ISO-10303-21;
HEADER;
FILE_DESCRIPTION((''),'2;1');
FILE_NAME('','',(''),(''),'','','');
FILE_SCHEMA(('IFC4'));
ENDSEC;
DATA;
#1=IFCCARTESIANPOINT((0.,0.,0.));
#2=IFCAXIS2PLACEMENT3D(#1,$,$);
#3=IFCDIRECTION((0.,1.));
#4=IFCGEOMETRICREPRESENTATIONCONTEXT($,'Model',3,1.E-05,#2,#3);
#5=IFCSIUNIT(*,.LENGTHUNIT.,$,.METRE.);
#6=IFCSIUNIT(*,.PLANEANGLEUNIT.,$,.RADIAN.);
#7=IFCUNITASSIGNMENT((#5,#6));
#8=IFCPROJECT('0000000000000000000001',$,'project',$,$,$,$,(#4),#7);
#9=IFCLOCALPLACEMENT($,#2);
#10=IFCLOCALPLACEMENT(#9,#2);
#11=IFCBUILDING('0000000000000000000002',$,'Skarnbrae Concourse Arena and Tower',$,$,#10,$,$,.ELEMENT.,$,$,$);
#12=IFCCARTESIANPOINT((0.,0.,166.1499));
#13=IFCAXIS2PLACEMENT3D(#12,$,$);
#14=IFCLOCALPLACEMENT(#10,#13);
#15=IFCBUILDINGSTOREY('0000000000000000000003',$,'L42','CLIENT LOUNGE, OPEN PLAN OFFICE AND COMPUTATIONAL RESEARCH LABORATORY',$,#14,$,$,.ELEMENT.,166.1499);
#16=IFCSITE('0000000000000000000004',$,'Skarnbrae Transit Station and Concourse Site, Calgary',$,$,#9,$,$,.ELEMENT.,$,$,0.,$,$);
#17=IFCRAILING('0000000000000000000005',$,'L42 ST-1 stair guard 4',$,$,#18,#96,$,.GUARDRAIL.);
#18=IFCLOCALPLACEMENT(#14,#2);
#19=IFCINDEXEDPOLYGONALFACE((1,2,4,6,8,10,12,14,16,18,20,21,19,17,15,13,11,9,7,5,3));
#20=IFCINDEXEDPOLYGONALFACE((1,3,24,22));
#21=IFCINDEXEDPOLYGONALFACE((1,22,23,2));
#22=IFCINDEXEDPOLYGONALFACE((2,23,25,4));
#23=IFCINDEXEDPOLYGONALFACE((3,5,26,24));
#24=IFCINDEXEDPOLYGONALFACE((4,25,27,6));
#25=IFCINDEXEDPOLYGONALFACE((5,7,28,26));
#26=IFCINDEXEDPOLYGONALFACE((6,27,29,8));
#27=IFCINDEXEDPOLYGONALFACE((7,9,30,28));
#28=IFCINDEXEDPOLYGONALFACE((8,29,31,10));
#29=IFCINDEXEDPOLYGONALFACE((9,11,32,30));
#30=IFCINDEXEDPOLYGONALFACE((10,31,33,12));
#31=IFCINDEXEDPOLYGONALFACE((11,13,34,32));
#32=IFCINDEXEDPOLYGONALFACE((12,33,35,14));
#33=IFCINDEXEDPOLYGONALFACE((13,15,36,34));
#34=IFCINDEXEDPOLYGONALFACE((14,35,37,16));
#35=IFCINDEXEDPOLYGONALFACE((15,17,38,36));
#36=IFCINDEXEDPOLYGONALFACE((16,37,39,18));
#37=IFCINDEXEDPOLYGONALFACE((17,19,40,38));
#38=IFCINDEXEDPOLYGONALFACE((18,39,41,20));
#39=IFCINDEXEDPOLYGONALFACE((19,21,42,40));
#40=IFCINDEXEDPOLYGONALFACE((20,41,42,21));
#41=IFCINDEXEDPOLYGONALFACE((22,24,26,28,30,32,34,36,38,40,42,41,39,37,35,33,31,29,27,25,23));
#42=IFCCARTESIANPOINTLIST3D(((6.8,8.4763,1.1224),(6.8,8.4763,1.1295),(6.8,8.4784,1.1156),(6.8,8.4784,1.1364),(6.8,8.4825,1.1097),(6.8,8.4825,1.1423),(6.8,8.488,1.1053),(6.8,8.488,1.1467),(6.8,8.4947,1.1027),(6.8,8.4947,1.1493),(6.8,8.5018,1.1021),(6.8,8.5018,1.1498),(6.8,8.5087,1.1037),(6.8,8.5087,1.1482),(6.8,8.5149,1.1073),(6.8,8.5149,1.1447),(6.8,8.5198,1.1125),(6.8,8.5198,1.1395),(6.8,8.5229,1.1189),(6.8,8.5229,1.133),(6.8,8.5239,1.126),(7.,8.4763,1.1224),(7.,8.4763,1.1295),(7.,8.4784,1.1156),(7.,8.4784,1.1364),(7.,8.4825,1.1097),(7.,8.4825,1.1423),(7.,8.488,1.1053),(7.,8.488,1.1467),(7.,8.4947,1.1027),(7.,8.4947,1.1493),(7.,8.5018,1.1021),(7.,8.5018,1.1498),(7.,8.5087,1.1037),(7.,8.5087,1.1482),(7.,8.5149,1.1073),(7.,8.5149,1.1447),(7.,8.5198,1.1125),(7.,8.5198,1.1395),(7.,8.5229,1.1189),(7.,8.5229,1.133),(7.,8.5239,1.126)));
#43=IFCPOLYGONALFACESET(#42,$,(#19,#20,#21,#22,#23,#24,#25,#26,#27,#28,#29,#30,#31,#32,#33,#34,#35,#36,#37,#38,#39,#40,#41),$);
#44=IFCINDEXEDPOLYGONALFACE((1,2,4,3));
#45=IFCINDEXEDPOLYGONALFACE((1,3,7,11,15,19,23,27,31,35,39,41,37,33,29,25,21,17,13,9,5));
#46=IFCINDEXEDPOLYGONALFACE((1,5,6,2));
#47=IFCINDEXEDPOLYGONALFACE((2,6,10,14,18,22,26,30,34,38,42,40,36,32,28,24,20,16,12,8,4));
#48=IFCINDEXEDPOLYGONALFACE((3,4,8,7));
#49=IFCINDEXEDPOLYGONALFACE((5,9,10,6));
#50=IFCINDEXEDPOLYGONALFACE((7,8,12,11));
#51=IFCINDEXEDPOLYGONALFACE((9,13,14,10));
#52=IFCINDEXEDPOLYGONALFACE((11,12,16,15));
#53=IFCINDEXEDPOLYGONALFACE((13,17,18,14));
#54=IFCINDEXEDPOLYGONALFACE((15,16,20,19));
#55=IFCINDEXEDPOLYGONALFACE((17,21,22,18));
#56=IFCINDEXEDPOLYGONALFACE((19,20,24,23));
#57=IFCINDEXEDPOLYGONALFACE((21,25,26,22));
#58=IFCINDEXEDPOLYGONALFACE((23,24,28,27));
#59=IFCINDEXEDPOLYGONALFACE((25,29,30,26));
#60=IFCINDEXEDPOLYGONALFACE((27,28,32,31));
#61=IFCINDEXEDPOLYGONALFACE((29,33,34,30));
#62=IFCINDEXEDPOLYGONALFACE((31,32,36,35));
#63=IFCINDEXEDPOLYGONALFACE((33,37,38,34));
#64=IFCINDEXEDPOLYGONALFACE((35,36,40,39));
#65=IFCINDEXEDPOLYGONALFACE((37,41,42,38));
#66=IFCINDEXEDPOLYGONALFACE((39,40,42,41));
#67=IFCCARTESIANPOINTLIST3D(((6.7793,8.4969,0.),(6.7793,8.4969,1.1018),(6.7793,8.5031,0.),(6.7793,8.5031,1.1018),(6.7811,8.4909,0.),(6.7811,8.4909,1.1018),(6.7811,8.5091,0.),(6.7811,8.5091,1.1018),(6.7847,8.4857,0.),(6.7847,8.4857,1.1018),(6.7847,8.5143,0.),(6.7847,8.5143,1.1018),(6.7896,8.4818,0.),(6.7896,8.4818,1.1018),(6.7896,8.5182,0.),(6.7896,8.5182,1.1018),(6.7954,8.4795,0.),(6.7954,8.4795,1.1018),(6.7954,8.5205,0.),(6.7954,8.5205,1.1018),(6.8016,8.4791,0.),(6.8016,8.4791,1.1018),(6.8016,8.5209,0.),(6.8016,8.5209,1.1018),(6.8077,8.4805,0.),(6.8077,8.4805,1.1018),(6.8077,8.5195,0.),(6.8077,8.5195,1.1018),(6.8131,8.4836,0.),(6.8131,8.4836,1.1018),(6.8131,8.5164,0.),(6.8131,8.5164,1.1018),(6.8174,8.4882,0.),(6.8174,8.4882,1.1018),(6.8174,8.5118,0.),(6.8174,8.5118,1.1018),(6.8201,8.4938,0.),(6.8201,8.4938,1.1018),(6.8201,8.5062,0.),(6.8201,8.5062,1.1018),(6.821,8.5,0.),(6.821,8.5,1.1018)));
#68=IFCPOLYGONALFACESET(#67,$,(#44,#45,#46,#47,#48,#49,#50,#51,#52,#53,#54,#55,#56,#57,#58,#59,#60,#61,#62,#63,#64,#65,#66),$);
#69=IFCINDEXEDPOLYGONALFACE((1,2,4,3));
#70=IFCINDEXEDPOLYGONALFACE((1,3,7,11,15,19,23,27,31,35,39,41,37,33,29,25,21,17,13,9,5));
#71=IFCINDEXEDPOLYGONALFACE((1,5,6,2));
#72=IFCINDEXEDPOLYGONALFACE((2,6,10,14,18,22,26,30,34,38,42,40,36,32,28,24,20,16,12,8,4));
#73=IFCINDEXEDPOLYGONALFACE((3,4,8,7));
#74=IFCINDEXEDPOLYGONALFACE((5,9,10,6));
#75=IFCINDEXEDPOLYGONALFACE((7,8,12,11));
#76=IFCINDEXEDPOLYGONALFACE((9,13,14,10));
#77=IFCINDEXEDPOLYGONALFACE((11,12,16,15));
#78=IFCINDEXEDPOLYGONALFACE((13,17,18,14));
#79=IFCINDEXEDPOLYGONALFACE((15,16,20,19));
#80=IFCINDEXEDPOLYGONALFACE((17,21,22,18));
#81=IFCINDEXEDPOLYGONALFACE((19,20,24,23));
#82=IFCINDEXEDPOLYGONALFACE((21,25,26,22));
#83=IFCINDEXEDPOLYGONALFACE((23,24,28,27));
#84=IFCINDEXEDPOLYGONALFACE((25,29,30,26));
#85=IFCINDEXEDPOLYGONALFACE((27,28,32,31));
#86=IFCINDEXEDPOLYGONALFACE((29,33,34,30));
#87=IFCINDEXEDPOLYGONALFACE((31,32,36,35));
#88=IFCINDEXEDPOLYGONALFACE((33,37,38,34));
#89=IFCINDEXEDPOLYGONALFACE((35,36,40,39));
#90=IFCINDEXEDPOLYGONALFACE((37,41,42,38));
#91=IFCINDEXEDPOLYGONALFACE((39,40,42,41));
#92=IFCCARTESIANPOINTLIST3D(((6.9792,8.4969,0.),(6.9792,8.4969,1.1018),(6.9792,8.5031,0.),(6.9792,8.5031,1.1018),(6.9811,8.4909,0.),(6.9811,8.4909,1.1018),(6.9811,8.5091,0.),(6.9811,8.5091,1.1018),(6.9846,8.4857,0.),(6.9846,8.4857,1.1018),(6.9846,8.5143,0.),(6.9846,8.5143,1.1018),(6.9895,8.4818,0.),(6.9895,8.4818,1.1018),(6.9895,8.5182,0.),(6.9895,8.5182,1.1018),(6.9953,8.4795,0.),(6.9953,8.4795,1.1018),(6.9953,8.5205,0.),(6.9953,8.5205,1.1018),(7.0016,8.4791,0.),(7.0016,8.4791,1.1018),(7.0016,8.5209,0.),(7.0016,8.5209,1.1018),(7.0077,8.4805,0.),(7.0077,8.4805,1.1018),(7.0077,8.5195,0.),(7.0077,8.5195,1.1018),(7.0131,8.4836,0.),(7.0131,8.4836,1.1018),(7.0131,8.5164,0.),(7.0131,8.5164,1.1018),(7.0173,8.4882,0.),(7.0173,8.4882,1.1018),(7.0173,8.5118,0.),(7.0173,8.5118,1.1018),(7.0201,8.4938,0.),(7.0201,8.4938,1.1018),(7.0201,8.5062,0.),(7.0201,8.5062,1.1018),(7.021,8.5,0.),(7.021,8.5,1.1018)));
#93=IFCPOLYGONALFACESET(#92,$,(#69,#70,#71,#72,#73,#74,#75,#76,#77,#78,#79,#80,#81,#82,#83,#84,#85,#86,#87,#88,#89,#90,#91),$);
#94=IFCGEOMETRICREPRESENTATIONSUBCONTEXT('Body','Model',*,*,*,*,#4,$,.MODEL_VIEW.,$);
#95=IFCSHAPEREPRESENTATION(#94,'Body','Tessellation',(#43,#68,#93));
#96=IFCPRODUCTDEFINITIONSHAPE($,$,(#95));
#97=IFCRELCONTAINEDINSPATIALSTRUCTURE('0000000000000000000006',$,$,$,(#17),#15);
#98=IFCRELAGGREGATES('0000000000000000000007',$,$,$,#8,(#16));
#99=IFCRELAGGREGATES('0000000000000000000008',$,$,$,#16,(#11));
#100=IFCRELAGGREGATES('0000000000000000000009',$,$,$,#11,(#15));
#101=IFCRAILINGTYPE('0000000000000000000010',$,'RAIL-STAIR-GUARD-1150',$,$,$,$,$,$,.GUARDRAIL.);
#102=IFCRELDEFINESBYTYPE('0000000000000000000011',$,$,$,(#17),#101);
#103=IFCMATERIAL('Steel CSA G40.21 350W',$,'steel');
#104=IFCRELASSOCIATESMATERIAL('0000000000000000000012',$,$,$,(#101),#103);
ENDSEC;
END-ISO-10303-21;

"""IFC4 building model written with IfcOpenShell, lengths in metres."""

from ifc_helpers import new_model, si_unit, direction, frame, origin, origin_2d, place, context, subcontext, project, spatial, circle, extrude, material, type_object, element, save


model = new_model("IFC4")

# Units and contexts
model_context = context("Model", 3, precision=1e-05, world=origin(), true_north=direction((0.0, 1.0)))
body_context = subcontext(model_context, "Body", "Model", "MODEL_VIEW")
ifc_project = project(units=[si_unit("LENGTHUNIT", "METRE"), si_unit("PLANEANGLEUNIT", "RADIAN")], contexts=[model_context])

# Site, building, storey
site_placement = place(None, origin())
site = spatial("IfcSite", under=ifc_project, at=site_placement, Name="Skarnbrae Transit Station and Concourse Site, Calgary", CompositionType="ELEMENT", RefElevation=0.0)
building_placement = place(site_placement, origin())
building = spatial("IfcBuilding", under=site, at=building_placement, Name="Skarnbrae Concourse Arena and Tower", CompositionType="ELEMENT")
storey_placement = place(building_placement, frame((0.0, 0.0, 166.1499)))
storey = spatial("IfcBuildingStorey", under=building, at=storey_placement, Name="L42", Description="CLIENT LOUNGE, OPEN PLAN OFFICE AND COMPUTATIONAL RESEARCH LABORATORY", CompositionType="ELEMENT", Elevation=166.1499)

# Railing
ifc_material_1 = material(Name="Steel CSA G40.21 350W", Category="steel")
railing_type_1 = type_object("IfcRailingType", Name="RAIL-STAIR-GUARD-1150", PredefinedType="GUARDRAIL", material=ifc_material_1)
railing_1_placement = place(storey_placement, frame((6.8, 8.5, 0.0)))
element("IfcRailing", 1, at=railing_1_placement, inside=storey, type_object=railing_type_1, Name="L42 ST-1 stair guard 4", PredefinedType="GUARDRAIL", context=body_context, shape_type="SweptSolid", body=[
    extrude(circle(Radius=0.0239, at=origin_2d()), frame((0.0, 0.0, 1.126), z_axis=(1.0, 0.0, 0.0), x_axis=(0.0, 1.0, 0.0)), (0.0, 0.0, 1.0), 0.2),
    extrude(circle(Radius=0.021, at=origin_2d()), origin(), (0.0, 0.0, 1.0), 1.1018),
    extrude(circle(Radius=0.021, at=origin_2d()), frame((0.2, 0.0, 0.0)), (0.0, 0.0, 1.0), 1.1018),
])

save(model, "model.ifc")
